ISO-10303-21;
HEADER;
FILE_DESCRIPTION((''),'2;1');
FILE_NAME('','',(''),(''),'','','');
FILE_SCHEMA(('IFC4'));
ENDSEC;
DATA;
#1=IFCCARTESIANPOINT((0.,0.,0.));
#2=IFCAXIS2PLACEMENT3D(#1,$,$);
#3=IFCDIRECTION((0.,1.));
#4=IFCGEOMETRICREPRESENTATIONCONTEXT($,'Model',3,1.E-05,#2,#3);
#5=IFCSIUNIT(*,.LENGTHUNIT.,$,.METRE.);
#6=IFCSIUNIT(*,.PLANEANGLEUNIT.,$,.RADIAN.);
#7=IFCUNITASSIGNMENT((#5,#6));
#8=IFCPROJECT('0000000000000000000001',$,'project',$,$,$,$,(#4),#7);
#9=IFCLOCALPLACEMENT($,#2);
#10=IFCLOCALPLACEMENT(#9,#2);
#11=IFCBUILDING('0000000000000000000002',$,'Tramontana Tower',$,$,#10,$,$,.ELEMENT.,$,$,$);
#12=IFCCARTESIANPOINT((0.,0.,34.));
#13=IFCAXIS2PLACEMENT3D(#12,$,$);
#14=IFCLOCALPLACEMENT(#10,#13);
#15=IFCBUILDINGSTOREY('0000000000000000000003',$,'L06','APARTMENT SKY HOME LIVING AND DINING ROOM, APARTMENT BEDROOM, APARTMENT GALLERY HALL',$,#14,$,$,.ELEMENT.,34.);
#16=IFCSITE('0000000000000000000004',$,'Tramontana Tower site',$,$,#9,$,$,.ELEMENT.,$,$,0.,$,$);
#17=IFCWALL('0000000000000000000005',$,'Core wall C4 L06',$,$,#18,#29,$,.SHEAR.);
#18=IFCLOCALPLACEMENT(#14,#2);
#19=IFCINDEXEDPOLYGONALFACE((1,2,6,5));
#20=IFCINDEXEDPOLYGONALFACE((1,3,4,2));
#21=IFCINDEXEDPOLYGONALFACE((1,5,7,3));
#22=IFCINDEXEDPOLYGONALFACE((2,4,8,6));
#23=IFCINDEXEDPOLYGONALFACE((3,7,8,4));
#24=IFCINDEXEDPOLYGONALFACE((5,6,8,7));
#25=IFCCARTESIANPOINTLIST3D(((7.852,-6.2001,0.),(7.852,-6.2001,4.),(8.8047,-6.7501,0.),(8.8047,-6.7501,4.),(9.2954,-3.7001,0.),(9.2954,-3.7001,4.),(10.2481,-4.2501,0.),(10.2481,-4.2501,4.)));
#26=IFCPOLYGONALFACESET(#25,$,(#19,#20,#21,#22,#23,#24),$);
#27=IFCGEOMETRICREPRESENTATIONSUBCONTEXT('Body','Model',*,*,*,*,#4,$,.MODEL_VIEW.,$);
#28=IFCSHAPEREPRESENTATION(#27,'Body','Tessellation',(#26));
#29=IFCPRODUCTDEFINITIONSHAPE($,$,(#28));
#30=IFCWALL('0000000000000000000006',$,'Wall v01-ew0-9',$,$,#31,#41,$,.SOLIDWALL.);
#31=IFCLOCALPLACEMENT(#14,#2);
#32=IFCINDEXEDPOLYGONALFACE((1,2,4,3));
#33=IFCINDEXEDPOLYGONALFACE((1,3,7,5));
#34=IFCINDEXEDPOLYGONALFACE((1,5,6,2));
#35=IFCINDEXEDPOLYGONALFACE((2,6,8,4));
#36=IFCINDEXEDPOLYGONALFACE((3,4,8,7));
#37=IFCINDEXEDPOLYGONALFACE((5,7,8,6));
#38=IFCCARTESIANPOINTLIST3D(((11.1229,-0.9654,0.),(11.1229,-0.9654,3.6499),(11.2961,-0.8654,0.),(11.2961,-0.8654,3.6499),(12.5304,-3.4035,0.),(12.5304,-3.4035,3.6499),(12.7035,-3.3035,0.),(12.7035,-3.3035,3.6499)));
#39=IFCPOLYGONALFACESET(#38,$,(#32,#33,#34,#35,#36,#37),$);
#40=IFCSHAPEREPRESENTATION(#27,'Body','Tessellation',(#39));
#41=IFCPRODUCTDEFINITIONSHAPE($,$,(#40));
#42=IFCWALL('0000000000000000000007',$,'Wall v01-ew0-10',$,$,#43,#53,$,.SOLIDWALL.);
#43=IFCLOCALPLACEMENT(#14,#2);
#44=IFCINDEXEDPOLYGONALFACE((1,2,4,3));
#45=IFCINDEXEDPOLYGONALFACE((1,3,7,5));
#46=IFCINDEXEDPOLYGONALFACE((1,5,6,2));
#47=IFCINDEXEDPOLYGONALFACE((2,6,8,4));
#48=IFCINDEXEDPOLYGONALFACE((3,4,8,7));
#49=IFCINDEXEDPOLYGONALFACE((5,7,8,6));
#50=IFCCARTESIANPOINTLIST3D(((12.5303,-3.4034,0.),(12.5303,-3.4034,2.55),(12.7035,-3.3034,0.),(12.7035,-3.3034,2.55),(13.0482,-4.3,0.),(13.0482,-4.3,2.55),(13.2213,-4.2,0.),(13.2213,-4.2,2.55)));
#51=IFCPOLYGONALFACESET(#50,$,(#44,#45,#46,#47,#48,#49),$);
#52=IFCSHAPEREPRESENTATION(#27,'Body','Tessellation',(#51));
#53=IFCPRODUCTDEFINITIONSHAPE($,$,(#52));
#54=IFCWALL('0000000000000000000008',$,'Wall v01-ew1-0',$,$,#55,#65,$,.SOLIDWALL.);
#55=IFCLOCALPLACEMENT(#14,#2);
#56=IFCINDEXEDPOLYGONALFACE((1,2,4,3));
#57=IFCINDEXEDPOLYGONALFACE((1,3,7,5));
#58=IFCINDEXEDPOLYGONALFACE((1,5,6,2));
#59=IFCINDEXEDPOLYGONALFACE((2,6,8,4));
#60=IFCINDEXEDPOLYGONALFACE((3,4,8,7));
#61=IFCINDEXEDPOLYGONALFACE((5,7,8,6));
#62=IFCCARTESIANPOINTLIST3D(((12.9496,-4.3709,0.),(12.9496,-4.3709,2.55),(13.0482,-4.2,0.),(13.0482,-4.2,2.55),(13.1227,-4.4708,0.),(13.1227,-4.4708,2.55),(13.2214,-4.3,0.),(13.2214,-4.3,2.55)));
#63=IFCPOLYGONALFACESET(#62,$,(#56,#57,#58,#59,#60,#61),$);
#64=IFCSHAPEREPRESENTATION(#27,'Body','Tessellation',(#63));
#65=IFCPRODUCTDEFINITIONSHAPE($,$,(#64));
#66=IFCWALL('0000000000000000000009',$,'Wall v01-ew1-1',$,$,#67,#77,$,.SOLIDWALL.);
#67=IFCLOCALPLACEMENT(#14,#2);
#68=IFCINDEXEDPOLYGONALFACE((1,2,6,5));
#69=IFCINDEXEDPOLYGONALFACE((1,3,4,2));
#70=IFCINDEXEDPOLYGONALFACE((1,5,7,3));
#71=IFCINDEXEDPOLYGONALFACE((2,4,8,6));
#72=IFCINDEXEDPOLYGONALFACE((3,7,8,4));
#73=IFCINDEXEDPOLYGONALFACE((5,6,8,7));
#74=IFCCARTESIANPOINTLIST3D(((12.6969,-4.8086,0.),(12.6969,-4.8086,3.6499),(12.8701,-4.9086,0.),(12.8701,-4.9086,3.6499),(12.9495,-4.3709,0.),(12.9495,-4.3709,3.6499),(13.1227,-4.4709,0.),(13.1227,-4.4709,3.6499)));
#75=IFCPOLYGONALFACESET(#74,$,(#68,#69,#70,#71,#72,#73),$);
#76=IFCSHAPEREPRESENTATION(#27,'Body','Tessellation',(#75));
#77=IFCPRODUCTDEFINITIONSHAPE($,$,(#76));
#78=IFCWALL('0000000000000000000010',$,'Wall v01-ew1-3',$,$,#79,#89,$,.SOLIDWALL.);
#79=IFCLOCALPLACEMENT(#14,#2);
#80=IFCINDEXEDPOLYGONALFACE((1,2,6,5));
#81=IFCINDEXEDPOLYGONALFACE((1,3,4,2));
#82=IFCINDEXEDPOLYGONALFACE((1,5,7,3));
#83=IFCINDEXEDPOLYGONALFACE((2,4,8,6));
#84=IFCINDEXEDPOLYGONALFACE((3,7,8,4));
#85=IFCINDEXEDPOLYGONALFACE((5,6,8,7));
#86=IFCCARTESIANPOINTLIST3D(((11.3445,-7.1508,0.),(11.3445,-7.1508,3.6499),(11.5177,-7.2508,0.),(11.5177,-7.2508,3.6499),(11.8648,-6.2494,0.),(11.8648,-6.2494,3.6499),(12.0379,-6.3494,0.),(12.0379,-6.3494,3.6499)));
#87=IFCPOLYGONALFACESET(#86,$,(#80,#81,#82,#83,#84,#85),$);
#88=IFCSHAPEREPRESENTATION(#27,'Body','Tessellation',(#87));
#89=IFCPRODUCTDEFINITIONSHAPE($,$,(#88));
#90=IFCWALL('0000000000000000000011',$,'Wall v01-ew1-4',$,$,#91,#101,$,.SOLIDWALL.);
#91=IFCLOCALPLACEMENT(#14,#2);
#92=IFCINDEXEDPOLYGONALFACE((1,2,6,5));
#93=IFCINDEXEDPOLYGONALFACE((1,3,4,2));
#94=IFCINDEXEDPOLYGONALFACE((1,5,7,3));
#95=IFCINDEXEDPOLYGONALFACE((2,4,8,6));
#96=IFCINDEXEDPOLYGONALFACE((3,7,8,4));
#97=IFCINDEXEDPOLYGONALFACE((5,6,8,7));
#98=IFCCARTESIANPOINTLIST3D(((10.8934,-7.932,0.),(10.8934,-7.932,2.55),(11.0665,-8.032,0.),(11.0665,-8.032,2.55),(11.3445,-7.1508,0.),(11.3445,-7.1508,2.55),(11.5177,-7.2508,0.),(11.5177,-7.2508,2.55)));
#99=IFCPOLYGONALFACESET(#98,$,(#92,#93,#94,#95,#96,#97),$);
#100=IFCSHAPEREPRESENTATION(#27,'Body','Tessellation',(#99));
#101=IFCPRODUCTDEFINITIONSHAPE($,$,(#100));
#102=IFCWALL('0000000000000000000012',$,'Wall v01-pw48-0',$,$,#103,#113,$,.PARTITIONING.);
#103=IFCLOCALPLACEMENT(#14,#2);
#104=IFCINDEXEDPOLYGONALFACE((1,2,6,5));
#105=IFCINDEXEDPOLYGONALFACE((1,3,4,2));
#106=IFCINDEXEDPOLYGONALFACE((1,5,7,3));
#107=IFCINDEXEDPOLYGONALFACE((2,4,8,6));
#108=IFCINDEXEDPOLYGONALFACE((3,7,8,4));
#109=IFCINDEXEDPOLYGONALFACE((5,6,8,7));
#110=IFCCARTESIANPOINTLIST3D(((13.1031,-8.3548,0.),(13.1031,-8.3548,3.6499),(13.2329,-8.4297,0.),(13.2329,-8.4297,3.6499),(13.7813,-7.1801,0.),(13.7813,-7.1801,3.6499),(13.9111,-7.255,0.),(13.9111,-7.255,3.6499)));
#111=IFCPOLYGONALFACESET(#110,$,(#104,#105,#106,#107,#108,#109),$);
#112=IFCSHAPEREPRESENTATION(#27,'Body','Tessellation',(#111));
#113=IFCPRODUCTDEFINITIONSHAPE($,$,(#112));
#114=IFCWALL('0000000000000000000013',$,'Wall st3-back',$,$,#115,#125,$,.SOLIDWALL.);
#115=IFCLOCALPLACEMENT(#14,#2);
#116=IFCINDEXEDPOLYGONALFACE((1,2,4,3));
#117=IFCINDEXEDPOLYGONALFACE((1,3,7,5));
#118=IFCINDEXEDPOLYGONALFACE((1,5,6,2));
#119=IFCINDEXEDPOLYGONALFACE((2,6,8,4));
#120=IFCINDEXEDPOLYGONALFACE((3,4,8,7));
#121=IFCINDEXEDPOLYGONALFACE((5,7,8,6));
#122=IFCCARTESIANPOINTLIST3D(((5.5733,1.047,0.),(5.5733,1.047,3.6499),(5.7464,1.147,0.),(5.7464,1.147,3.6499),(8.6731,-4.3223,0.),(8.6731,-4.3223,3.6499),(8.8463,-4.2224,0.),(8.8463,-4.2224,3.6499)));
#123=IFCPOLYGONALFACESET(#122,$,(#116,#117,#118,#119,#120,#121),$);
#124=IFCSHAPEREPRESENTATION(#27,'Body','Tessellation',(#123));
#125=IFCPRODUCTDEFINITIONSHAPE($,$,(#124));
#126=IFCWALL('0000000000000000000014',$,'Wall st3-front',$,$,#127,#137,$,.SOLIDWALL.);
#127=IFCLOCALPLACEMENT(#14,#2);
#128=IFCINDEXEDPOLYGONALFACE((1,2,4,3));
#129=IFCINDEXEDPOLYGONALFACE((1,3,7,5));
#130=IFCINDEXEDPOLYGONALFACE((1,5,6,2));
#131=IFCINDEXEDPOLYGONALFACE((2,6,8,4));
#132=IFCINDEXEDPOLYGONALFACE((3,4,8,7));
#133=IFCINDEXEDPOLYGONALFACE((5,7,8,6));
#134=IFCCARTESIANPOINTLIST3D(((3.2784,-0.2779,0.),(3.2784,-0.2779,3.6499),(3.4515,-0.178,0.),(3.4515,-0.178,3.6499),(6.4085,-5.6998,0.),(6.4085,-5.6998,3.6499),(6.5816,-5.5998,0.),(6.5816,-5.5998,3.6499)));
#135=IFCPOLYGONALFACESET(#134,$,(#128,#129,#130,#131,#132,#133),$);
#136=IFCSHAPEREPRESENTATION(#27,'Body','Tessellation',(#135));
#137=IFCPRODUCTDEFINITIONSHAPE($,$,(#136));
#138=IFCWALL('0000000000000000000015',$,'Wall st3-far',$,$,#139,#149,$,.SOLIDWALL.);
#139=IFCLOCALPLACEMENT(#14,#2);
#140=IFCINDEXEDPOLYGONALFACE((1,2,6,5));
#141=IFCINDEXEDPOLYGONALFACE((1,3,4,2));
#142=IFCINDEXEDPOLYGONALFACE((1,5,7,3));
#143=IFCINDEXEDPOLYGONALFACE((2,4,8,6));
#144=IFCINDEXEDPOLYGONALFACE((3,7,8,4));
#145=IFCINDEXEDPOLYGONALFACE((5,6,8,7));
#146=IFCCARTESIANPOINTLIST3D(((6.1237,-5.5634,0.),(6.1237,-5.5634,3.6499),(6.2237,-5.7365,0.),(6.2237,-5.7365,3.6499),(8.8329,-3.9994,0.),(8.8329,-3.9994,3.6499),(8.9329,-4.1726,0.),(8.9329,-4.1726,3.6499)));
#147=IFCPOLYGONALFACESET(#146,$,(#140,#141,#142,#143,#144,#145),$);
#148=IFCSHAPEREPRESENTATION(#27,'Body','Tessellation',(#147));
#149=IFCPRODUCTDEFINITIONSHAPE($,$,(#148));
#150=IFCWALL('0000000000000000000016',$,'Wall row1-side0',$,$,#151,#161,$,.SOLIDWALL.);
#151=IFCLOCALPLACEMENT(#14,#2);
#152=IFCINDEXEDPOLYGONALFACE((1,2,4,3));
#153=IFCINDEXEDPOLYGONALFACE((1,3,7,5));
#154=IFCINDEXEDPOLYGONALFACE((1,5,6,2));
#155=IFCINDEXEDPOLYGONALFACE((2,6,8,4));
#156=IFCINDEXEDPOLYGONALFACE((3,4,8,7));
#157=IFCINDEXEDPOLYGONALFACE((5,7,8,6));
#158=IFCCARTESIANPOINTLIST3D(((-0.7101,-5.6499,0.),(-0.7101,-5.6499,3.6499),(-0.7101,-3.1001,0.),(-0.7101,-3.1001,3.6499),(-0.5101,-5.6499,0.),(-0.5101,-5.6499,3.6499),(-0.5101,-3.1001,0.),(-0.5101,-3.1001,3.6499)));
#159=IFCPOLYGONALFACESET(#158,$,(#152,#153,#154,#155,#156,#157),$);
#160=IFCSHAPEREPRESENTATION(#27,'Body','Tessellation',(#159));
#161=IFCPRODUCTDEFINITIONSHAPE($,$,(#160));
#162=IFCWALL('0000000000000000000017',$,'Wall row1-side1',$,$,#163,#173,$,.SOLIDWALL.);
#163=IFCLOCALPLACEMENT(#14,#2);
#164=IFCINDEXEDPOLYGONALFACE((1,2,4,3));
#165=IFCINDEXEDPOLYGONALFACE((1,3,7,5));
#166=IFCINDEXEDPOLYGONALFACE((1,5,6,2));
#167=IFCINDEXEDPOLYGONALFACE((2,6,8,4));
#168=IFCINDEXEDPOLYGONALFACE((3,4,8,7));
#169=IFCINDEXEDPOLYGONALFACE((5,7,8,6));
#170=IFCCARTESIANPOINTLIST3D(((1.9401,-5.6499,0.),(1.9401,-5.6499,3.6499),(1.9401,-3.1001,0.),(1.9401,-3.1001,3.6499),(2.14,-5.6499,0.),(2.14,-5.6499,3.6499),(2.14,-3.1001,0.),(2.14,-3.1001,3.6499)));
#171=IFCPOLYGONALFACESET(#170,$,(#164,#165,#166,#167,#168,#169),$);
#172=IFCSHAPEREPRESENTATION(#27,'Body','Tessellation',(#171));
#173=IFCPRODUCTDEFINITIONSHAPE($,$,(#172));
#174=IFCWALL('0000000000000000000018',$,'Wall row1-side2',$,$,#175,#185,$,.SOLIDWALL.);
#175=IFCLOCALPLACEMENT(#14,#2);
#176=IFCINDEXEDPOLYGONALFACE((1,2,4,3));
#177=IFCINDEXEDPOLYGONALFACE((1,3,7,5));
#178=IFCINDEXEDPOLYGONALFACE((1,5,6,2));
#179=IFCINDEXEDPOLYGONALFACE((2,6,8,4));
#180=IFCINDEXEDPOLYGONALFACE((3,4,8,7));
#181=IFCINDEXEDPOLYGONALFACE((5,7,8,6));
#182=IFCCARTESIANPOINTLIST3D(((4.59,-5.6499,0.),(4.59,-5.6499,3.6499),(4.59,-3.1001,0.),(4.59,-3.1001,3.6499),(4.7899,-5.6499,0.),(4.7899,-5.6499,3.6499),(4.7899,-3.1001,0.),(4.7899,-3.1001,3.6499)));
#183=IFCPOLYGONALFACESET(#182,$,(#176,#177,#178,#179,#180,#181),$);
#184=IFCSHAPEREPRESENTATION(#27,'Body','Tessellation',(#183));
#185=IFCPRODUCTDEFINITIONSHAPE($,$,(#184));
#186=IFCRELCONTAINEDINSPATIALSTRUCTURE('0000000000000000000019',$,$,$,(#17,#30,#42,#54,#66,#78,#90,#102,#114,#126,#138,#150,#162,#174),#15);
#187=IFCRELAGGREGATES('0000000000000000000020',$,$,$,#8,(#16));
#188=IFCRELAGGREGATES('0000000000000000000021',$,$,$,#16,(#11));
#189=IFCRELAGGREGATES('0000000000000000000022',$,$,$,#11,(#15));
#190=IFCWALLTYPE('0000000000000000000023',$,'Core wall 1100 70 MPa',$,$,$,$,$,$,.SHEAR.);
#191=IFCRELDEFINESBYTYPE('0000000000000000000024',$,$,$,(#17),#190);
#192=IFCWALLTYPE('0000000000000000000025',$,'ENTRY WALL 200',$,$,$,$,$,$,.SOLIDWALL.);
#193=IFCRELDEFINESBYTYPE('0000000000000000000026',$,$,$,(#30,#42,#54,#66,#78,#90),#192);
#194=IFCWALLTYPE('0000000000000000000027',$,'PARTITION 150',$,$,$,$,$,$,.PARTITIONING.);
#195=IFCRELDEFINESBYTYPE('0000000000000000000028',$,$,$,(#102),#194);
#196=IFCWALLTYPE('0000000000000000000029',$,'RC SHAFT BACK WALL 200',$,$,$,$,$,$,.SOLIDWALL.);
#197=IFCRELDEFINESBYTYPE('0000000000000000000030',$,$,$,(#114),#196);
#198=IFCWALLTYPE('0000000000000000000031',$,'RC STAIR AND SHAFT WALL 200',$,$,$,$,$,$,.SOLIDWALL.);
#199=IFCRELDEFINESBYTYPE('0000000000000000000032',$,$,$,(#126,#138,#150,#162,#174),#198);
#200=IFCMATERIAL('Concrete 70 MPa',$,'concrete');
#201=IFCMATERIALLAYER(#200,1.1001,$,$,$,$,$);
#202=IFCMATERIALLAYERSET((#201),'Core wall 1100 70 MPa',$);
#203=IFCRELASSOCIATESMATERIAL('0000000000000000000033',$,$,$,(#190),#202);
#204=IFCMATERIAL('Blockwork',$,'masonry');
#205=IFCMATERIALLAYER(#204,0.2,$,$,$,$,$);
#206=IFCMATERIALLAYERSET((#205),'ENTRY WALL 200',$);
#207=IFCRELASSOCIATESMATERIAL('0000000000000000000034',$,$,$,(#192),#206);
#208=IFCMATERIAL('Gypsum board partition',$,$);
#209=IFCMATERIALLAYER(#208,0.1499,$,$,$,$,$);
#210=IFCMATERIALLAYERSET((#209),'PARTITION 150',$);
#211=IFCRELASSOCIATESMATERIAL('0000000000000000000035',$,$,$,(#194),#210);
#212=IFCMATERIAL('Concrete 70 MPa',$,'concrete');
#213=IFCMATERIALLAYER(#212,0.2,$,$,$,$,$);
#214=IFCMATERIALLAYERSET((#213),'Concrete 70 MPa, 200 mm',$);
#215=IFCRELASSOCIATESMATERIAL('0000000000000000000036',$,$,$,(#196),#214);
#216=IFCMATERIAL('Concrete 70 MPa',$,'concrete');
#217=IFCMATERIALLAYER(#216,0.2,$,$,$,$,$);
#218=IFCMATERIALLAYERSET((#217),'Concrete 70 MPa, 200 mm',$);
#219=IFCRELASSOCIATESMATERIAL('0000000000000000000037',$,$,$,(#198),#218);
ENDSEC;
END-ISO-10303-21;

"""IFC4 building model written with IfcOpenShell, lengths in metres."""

from ifc_helpers import new_model, si_unit, direction, frame, frame_2d, origin, place, context, subcontext, project, spatial, rectangle, extrude, material, layer, layer_set, type_object, element, save


model = new_model("IFC4")

# Units and contexts
model_context = context("Model", 3, precision=1e-05, world=origin(), true_north=direction((0.0, 1.0)))
body_context = subcontext(model_context, "Body", "Model", "MODEL_VIEW")
ifc_project = project(units=[si_unit("LENGTHUNIT", "METRE"), si_unit("PLANEANGLEUNIT", "RADIAN")], contexts=[model_context])

# Site, building, storey
site_placement = place(None, origin())
site = spatial("IfcSite", under=ifc_project, at=site_placement, Name="Tramontana Tower site", CompositionType="ELEMENT", RefElevation=0.0)
building_placement = place(site_placement, origin())
building = spatial("IfcBuilding", under=site, at=building_placement, Name="Tramontana Tower", CompositionType="ELEMENT")
storey_placement = place(building_placement, frame((0.0, 0.0, 34.0)))
storey = spatial("IfcBuildingStorey", under=building, at=storey_placement, Name="L06", Description="APARTMENT SKY HOME LIVING AND DINING ROOM, APARTMENT BEDROOM, APARTMENT GALLERY HALL", CompositionType="ELEMENT", Elevation=34.0)

# Wall
ifc_material_1 = material(Name="Concrete 70 MPa", Category="concrete")
ifc_layer_1 = layer(ifc_material_1, 1.1001)
ifc_layer_set_1 = layer_set([ifc_layer_1], Name="Core wall 1100 70 MPa")
wall_type_1 = type_object("IfcWallType", Name="Core wall 1100 70 MPa", PredefinedType="SHEAR", material=ifc_layer_set_1)
wall_1_placement = place(storey_placement, frame((8.3284, -6.4751, 0.0), z_axis=(0.0, 0.0, 1.0), x_axis=(0.499996, 0.866028, 0.0)))
element("IfcWall", 1, at=wall_1_placement, inside=storey, type_object=wall_type_1, Name="Core wall C4 L06", PredefinedType="SHEAR", context=body_context, shape_type="SweptSolid", body=[
    extrude(rectangle(XDim=2.8867, YDim=1.1001, at=frame_2d((1.4434, 0.0))), origin(), (0.0, 0.0, 1.0), 4.0),
])

# Walls
ifc_material_2 = material(Name="Blockwork", Category="masonry")
ifc_layer_2 = layer(ifc_material_2, 0.2)
ifc_layer_set_2 = layer_set([ifc_layer_2], Name="ENTRY WALL 200")
wall_type_2 = type_object("IfcWallType", Name="ENTRY WALL 200", PredefinedType="SOLIDWALL", material=ifc_layer_set_2)
wall_2_placement = place(storey_placement, frame((11.2095, -0.9153, 0.0), z_axis=(0.0, 0.0, 1.0), x_axis=(0.499935, -0.866063, 0.0)))
element("IfcWall", 2, at=wall_2_placement, inside=storey, type_object=wall_type_2, Name="Wall v01-ew0-9", PredefinedType="SOLIDWALL", context=body_context, shape_type="SweptSolid", body=[
    extrude(rectangle(XDim=2.8152, YDim=0.2, at=frame_2d((1.4077, 0.0))), origin(), (0.0, 0.0, 1.0), 3.6499),
])
wall_3_placement = place(storey_placement, frame((12.6169, -3.3535, 0.0), z_axis=(0.0, 0.0, 1.0), x_axis=(0.500172, -0.865926, 0.0)))
element("IfcWall", 3, at=wall_3_placement, inside=storey, type_object=wall_type_2, Name="Wall v01-ew0-10", PredefinedType="SOLIDWALL", context=body_context, shape_type="SweptSolid", body=[
    extrude(rectangle(XDim=1.0354, YDim=0.2, at=frame_2d((0.5176, 0.0))), origin(), (0.0, 0.0, 1.0), 2.55),
])
wall_4_placement = place(storey_placement, frame((13.1348, -4.25, 0.0), z_axis=(0.0, 0.0, 1.0), x_axis=(-0.499865, -0.866103, 0.0)))
element("IfcWall", 4, at=wall_4_placement, inside=storey, type_object=wall_type_2, Name="Wall v01-ew1-0", PredefinedType="SOLIDWALL", context=body_context, shape_type="SweptSolid", body=[
    extrude(rectangle(XDim=0.1973, YDim=0.2, at=frame_2d((0.0986, 0.0))), origin(), (0.0, 0.0, 1.0), 2.55),
])
wall_5_placement = place(storey_placement, frame((13.0361, -4.4209, 0.0), z_axis=(0.0, 0.0, 1.0), x_axis=(-0.499932, -0.866065, 0.0)))
element("IfcWall", 5, at=wall_5_placement, inside=storey, type_object=wall_type_2, Name="Wall v01-ew1-1", PredefinedType="SOLIDWALL", context=body_context, shape_type="SweptSolid", body=[
    extrude(rectangle(XDim=0.5054, YDim=0.2, at=frame_2d((0.2527, 0.0))), origin(), (0.0, 0.0, 1.0), 3.6499),
])

# Walls
wall_6_placement = place(storey_placement, frame((11.9514, -6.2993, 0.0), z_axis=(0.0, 0.0, 1.0), x_axis=(-0.499898, -0.866084, 0.0)))
element("IfcWall", 6, at=wall_6_placement, inside=storey, type_object=wall_type_2, Name="Wall v01-ew1-3", PredefinedType="SOLIDWALL", context=body_context, shape_type="SweptSolid", body=[
    extrude(rectangle(XDim=1.0408, YDim=0.2, at=frame_2d((0.5205, 0.0))), origin(), (0.0, 0.0, 1.0), 3.6499),
])
wall_7_placement = place(storey_placement, frame((11.4312, -7.2007, 0.0), z_axis=(0.0, 0.0, 1.0), x_axis=(-0.500097, -0.865969, 0.0)))
element("IfcWall", 7, at=wall_7_placement, inside=storey, type_object=wall_type_2, Name="Wall v01-ew1-4", PredefinedType="SOLIDWALL", context=body_context, shape_type="SweptSolid", body=[
    extrude(rectangle(XDim=0.9021, YDim=0.2, at=frame_2d((0.4512, 0.0))), origin(), (0.0, 0.0, 1.0), 2.55),
])
ifc_material_3 = material(Name="Gypsum board partition")
ifc_layer_3 = layer(ifc_material_3, 0.1499)
ifc_layer_set_3 = layer_set([ifc_layer_3], Name="PARTITION 150")
wall_type_3 = type_object("IfcWallType", Name="PARTITION 150", PredefinedType="PARTITIONING", material=ifc_layer_set_3)
wall_8_placement = place(storey_placement, frame((13.8462, -7.2175, 0.0), z_axis=(0.0, 0.0, 1.0), x_axis=(-0.499972, -0.866042, 0.0)))
element("IfcWall", 8, at=wall_8_placement, inside=storey, type_object=wall_type_3, Name="Wall v01-pw48-0", PredefinedType="PARTITIONING", context=body_context, shape_type="SweptSolid", body=[
    extrude(rectangle(XDim=1.3564, YDim=0.1499, at=frame_2d((0.6782, 0.0))), origin(), (0.0, 0.0, 1.0), 3.6499),
])
ifc_material_4 = material(Name="Concrete 70 MPa", Category="concrete")
ifc_layer_4 = layer(ifc_material_4, 0.2)
ifc_layer_set_4 = layer_set([ifc_layer_4], Name="Concrete 70 MPa, 200 mm")
wall_type_4 = type_object("IfcWallType", Name="RC SHAFT BACK WALL 200", PredefinedType="SOLIDWALL", material=ifc_layer_set_4)
wall_9_placement = place(storey_placement, frame((8.7598, -4.2725, 0.0), z_axis=(0.0, 0.0, 1.0), x_axis=(-0.49998, 0.866037, 0.0)))
element("IfcWall", 9, at=wall_9_placement, inside=storey, type_object=wall_type_4, Name="Wall st3-back", PredefinedType="SOLIDWALL", context=body_context, shape_type="SweptSolid", body=[
    extrude(rectangle(XDim=6.2, YDim=0.2, at=frame_2d((3.1001, 0.0))), origin(), (0.0, 0.0, 1.0), 3.6499),
])
ifc_material_5 = material(Name="Concrete 70 MPa", Category="concrete")
ifc_layer_5 = layer(ifc_material_5, 0.2)
ifc_layer_set_5 = layer_set([ifc_layer_5], Name="Concrete 70 MPa, 200 mm")
wall_type_5 = type_object("IfcWallType", Name="RC STAIR AND SHAFT WALL 200", PredefinedType="SOLIDWALL", material=ifc_layer_set_5)
wall_10_placement = place(storey_placement, frame((6.4951, -5.6499, 0.0), z_axis=(0.0, 0.0, 1.0), x_axis=(-0.499977, 0.866039, 0.0)))
element("IfcWall", 10, at=wall_10_placement, inside=storey, type_object=wall_type_5, Name="Wall st3-front", PredefinedType="SOLIDWALL", context=body_context, shape_type="SweptSolid", body=[
    extrude(rectangle(XDim=6.2605, YDim=0.2, at=frame_2d((3.1304, 0.0))), origin(), (0.0, 0.0, 1.0), 3.6499),
])
wall_11_placement = place(storey_placement, frame((6.1738, -5.6499, 0.0), z_axis=(0.0, 0.0, 1.0), x_axis=(0.866054, 0.49995, 0.0)))
element("IfcWall", 11, at=wall_11_placement, inside=storey, type_object=wall_type_5, Name="Wall st3-far", PredefinedType="SOLIDWALL", context=body_context, shape_type="SweptSolid", body=[
    extrude(rectangle(XDim=3.1282, YDim=0.2, at=frame_2d((1.564, 0.0))), origin(), (0.0, 0.0, 1.0), 3.6499),
])
for number, where, z_axis, x_axis, name in (
    (12, (-0.6101, -3.1001, 0.0), (0.0, 0.0, 1.0), (0.0, -1.0, 0.0), "Wall row1-side0"),
    (13, (2.04, -3.1001, 0.0), (0.0, 0.0, 1.0), (0.0, -1.0, 0.0), "Wall row1-side1"),
    (14, (4.6899, -3.1001, 0.0), (0.0, 0.0, 1.0), (0.0, -1.0, 0.0), "Wall row1-side2"),
):
    element("IfcWall", number, at=place(storey_placement, frame(where, z_axis=z_axis, x_axis=x_axis)), inside=storey, type_object=wall_type_5, Name=name, PredefinedType="SOLIDWALL", context=body_context, shape_type="SweptSolid", body=[
        extrude(rectangle(XDim=2.5498, YDim=0.2, at=frame_2d((1.2749, 0.0))), origin(), (0.0, 0.0, 1.0), 3.6499),
    ])

save(model, "model.ifc")
